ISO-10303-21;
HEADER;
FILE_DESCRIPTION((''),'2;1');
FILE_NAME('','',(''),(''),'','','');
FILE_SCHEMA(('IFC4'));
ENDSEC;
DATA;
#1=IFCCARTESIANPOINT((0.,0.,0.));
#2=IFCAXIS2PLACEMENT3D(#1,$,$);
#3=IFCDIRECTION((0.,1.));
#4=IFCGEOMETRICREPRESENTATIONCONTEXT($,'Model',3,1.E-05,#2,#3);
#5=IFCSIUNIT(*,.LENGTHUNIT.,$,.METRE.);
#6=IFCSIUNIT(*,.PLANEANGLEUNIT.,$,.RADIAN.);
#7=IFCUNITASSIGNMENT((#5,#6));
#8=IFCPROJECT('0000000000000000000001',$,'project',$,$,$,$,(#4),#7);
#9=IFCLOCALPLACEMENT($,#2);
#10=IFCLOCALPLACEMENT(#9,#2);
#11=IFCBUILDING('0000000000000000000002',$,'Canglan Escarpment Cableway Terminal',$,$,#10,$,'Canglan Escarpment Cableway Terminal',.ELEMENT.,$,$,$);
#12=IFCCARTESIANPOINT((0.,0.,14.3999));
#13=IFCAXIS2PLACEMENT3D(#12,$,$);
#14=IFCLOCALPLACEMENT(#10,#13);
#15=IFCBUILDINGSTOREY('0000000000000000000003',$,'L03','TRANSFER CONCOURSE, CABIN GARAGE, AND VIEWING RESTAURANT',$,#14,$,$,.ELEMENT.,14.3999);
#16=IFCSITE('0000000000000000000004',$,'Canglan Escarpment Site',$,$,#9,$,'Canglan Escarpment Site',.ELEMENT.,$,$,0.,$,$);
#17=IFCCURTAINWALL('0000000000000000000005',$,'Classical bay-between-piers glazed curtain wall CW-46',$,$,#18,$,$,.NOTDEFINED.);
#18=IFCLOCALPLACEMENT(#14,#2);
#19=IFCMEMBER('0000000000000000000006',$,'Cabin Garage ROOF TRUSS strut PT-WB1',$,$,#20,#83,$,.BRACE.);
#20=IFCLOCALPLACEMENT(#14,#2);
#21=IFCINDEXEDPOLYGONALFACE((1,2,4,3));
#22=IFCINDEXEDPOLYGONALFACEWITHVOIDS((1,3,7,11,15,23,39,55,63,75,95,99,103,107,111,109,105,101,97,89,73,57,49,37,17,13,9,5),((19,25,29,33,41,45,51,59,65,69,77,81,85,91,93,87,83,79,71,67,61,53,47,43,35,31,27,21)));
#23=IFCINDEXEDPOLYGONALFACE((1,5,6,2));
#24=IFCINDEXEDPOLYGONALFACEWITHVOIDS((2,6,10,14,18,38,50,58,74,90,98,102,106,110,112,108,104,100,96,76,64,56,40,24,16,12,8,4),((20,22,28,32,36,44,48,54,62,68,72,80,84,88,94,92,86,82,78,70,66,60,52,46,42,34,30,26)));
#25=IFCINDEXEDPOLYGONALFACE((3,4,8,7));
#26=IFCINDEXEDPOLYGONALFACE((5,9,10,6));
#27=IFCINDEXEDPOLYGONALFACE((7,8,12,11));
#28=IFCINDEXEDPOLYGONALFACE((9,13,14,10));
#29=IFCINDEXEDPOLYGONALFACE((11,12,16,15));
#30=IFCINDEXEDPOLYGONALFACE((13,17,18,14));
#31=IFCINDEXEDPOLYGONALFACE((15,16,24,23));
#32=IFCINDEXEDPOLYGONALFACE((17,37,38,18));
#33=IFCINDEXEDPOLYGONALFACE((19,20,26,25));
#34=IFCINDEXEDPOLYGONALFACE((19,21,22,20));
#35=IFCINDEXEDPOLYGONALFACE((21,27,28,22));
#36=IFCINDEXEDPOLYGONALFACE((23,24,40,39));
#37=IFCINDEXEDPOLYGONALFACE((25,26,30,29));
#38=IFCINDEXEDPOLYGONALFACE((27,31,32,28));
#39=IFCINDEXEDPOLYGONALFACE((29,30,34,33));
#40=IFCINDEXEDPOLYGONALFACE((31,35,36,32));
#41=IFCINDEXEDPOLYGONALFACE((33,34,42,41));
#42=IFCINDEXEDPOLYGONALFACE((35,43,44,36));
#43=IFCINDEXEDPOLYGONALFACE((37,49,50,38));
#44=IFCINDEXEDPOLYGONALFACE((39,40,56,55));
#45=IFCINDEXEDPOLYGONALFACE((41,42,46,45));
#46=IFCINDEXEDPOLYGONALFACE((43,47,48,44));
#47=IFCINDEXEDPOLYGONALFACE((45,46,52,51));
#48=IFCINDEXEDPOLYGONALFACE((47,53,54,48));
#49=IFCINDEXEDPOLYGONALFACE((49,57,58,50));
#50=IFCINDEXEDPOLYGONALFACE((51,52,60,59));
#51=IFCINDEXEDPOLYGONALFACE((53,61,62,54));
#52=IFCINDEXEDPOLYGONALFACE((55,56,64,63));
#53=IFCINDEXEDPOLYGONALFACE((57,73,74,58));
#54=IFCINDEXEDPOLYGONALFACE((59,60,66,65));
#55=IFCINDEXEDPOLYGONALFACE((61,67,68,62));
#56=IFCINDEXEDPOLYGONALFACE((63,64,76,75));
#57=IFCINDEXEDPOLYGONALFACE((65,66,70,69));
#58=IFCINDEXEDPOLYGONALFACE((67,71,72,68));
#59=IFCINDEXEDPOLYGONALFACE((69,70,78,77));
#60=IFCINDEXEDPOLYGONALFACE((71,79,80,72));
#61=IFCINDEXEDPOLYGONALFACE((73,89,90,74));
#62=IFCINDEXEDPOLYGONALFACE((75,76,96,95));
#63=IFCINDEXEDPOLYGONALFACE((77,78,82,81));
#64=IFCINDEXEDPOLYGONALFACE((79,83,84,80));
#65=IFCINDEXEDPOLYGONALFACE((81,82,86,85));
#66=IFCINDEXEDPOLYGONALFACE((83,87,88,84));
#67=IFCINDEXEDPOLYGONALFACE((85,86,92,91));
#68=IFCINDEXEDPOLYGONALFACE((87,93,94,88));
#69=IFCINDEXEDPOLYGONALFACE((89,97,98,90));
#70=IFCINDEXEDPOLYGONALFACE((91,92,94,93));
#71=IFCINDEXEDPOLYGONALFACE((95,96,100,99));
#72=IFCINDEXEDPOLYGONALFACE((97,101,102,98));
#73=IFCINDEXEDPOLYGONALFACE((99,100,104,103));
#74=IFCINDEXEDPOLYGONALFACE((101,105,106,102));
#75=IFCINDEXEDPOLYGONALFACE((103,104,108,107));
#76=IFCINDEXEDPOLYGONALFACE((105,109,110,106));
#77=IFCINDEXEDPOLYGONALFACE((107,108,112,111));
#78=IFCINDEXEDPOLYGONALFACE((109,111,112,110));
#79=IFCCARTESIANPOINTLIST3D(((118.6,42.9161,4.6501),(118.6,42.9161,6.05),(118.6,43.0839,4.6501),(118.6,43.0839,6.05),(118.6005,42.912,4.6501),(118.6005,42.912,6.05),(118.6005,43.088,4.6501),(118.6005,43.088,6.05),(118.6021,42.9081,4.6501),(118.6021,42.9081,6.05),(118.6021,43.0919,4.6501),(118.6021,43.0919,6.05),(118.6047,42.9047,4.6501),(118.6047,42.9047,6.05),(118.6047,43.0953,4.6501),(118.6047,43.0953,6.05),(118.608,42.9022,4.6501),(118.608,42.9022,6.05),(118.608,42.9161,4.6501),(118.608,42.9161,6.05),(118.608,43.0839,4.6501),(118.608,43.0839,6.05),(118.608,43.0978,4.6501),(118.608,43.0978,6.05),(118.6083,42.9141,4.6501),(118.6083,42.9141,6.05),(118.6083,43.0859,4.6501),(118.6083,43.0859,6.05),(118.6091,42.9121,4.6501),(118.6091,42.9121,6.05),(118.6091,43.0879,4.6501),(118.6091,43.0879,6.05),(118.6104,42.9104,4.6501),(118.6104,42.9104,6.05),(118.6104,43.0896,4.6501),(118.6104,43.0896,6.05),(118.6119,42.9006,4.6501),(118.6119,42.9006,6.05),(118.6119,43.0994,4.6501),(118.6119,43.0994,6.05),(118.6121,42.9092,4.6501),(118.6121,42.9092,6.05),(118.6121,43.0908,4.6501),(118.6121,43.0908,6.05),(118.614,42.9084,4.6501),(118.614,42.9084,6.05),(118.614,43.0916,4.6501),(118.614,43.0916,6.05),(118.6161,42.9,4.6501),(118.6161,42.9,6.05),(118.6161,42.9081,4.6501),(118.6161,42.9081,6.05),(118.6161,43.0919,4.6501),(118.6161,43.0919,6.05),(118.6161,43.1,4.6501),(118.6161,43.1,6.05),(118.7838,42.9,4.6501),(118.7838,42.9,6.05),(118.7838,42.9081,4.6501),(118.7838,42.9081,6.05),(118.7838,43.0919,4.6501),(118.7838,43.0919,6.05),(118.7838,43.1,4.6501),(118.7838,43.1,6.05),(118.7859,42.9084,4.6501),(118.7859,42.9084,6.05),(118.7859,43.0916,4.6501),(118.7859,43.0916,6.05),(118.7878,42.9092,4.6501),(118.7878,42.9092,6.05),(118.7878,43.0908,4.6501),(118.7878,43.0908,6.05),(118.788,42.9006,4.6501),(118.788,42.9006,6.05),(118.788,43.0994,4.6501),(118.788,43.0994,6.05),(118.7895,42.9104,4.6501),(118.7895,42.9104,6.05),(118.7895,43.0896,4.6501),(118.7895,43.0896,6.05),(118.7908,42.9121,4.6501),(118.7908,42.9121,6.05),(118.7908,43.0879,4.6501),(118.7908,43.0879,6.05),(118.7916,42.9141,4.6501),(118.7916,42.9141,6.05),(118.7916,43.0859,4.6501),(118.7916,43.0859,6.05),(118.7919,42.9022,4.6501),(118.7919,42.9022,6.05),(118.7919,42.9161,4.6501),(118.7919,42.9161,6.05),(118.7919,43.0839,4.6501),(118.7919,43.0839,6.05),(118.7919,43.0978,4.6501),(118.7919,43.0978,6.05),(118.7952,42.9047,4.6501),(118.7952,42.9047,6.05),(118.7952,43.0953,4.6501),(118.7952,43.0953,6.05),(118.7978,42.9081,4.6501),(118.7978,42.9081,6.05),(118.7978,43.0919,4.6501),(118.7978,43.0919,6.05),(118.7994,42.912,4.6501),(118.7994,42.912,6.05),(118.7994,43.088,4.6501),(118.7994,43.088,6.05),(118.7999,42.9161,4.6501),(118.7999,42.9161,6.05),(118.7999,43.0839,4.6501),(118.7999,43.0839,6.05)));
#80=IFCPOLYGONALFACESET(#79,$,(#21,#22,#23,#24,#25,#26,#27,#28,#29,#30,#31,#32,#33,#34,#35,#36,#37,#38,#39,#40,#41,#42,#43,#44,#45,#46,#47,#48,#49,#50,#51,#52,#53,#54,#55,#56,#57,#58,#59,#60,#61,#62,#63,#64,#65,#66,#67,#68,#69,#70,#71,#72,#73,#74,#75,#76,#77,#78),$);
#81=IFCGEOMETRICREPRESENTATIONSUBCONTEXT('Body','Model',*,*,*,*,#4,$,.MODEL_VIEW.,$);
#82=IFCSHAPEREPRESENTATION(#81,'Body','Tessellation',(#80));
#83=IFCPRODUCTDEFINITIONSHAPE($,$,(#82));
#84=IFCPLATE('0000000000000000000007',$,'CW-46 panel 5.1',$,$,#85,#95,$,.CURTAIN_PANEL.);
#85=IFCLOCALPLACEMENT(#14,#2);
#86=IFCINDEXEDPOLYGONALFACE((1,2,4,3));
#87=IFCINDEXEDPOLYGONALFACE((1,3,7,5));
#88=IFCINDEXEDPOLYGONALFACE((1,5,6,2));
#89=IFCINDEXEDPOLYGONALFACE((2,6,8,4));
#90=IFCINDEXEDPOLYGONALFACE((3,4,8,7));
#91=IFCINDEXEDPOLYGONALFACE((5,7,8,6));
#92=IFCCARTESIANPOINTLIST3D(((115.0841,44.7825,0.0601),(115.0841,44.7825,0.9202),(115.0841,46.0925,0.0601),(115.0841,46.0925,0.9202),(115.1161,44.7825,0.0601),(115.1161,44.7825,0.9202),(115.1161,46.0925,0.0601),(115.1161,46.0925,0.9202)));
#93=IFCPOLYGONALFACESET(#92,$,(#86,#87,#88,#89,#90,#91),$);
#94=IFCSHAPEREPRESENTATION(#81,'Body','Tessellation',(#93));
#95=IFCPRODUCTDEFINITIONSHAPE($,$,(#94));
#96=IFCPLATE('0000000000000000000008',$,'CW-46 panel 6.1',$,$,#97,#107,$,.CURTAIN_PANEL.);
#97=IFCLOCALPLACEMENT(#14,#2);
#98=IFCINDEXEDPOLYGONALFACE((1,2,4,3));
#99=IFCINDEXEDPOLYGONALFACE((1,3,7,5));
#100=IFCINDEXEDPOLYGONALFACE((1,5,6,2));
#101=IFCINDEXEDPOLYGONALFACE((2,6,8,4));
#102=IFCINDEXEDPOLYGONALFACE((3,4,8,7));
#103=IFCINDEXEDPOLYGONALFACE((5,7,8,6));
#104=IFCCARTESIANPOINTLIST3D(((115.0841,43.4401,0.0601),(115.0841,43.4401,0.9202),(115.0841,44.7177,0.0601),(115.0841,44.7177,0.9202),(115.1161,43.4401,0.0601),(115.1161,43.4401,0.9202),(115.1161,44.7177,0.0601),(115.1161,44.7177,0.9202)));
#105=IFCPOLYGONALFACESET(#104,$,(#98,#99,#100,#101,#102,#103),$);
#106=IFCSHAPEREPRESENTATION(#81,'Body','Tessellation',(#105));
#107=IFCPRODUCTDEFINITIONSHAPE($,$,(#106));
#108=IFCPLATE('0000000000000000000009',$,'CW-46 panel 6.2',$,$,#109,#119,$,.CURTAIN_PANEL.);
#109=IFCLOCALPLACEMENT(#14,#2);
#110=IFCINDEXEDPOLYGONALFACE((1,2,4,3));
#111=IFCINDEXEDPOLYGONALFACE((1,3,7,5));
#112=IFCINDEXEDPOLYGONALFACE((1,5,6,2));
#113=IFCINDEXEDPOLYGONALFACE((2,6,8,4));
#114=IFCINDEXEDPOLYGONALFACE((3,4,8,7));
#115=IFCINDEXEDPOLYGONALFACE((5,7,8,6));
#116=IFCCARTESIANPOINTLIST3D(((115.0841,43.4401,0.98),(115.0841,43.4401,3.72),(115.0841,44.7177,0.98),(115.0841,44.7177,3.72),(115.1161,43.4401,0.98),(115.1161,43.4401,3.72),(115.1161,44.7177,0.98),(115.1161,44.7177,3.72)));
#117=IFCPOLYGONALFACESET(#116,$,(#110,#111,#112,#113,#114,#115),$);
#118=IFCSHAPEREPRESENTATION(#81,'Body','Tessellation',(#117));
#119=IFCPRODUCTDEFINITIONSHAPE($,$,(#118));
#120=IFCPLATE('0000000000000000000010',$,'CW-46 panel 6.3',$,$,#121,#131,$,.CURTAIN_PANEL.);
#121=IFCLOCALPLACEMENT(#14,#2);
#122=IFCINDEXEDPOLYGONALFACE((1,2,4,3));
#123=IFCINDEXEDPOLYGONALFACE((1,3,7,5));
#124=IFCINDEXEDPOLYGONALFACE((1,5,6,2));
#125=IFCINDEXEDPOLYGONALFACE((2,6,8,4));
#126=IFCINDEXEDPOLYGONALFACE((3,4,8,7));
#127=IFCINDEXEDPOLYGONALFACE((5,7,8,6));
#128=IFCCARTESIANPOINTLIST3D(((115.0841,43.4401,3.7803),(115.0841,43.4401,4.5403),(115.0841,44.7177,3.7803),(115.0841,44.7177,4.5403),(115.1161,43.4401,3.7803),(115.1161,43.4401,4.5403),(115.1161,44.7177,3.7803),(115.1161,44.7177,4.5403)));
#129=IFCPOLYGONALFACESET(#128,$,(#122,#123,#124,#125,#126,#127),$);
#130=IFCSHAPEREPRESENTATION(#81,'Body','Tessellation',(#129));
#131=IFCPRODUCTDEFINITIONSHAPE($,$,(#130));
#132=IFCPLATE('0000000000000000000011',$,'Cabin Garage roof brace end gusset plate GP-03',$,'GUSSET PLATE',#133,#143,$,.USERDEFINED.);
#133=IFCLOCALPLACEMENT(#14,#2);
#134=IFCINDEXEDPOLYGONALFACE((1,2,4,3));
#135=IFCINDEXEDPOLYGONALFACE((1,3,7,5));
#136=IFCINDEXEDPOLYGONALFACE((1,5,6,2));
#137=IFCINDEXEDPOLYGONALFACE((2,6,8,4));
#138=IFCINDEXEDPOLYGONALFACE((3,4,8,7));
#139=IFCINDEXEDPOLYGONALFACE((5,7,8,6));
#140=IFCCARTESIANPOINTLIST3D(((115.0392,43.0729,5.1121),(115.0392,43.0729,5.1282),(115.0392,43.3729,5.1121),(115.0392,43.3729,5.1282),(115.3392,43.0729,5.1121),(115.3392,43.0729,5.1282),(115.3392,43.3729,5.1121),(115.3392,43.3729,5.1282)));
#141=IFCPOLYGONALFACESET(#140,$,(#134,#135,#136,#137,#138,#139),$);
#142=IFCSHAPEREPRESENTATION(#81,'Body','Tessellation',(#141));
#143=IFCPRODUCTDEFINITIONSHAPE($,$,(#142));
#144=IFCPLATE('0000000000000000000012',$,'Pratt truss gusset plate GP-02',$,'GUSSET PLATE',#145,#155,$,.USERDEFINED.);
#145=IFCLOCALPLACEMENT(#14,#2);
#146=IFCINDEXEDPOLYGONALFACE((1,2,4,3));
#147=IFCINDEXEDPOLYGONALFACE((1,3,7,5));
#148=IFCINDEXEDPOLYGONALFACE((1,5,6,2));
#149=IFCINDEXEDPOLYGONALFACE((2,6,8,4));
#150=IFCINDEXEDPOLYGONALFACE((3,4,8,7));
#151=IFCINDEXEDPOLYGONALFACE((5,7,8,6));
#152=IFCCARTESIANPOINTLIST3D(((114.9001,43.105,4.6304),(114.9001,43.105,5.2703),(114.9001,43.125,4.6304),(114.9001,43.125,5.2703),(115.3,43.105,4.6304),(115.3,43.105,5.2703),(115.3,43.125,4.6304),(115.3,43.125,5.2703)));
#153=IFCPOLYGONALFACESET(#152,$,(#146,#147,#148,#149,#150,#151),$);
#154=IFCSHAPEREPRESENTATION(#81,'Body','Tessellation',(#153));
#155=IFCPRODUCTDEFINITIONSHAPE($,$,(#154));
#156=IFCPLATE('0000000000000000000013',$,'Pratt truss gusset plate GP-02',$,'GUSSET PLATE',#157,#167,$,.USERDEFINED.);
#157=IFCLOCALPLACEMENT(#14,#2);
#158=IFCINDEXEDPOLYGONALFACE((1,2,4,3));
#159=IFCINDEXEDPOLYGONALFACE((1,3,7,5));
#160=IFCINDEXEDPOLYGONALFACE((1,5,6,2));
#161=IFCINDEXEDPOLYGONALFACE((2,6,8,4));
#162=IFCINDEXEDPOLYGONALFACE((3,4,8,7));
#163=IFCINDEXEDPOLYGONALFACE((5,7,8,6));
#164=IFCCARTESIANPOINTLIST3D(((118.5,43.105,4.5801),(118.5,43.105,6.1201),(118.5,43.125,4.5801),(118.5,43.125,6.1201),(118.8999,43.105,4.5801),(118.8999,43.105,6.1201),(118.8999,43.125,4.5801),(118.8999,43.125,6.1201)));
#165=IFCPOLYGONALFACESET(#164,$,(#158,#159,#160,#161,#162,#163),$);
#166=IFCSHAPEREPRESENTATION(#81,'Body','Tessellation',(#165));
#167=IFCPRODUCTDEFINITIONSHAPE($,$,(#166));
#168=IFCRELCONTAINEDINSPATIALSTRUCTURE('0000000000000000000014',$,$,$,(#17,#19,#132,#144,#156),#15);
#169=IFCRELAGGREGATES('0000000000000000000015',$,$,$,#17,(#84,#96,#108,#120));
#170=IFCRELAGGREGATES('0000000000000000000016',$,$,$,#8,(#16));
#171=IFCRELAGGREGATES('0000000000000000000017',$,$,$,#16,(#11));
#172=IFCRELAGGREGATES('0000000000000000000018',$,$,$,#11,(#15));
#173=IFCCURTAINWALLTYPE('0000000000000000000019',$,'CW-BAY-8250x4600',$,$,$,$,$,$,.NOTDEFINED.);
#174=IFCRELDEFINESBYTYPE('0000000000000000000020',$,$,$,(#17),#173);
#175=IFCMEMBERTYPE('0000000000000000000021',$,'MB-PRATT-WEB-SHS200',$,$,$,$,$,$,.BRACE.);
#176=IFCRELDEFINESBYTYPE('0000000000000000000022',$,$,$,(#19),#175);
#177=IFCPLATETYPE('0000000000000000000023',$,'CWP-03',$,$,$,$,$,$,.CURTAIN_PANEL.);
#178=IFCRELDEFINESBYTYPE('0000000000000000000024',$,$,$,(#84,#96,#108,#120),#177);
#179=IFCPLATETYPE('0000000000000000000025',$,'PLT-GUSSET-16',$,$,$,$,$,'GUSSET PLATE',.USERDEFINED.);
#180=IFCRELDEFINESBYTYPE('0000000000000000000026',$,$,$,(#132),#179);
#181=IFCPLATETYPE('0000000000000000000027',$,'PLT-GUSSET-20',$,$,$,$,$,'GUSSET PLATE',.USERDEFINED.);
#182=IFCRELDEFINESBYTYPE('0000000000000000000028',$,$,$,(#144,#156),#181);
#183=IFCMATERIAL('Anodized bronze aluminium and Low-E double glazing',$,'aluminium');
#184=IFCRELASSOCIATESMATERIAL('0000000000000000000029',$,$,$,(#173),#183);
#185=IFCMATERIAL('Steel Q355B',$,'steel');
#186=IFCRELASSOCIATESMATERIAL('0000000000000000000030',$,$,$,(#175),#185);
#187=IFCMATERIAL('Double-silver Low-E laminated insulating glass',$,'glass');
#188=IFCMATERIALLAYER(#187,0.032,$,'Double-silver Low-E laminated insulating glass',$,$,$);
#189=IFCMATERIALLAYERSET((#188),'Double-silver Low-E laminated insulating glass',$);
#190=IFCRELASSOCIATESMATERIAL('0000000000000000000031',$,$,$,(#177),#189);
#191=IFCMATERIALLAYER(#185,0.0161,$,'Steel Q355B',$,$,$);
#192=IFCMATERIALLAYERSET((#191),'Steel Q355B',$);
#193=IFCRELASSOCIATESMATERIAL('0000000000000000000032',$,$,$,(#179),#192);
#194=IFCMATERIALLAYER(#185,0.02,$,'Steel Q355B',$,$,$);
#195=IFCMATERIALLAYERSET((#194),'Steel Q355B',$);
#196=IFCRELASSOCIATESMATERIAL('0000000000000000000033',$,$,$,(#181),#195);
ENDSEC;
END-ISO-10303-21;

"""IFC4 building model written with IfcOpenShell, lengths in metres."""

from ifc_helpers import new_model, si_unit, direction, frame, origin, origin_2d, place, context, subcontext, project, spatial, rectangle, hollow_rectangle, extrude, material, layer, layer_set, material_profile, profile_set, type_object, element, aggregate, save


model = new_model("IFC4")

# Units and contexts
model_context = context("Model", 3, precision=1e-05, world=origin(), true_north=direction((0.0, 1.0)))
body_context = subcontext(model_context, "Body", "Model", "MODEL_VIEW")
ifc_project = project(units=[si_unit("LENGTHUNIT", "METRE"), si_unit("PLANEANGLEUNIT", "RADIAN")], contexts=[model_context])

# Site, building, storey
site_placement = place(None, origin())
site = spatial("IfcSite", under=ifc_project, at=site_placement, Name="Canglan Escarpment Site", LongName="Canglan Escarpment Site", CompositionType="ELEMENT", RefElevation=0.0)
building_placement = place(site_placement, origin())
building = spatial("IfcBuilding", under=site, at=building_placement, Name="Canglan Escarpment Cableway Terminal", LongName="Canglan Escarpment Cableway Terminal", CompositionType="ELEMENT")
storey_placement = place(building_placement, frame((0.0, 0.0, 14.3999)))
storey = spatial("IfcBuildingStorey", under=building, at=storey_placement, Name="L03", Description="TRANSFER CONCOURSE, CABIN GARAGE, AND VIEWING RESTAURANT", CompositionType="ELEMENT", Elevation=14.3999)

# Shared definitions
ifc_material_1 = material(Name="Steel Q355B", Category="steel")

# Curtain wall
ifc_material_2 = material(Name="Anodized bronze aluminium and Low-E double glazing", Category="aluminium")
curtain_wall_type = type_object("IfcCurtainWallType", Name="CW-BAY-8250x4600", PredefinedType="NOTDEFINED", material=ifc_material_2)
curtain_wall_placement = place(storey_placement, origin())
curtain_wall = element("IfcCurtainWall", 1, at=curtain_wall_placement, inside=storey, type_object=curtain_wall_type, Name="Classical bay-between-piers glazed curtain wall CW-46", PredefinedType="NOTDEFINED")

# Member
ifc_material_profile_1 = material_profile(ifc_material_1, hollow_rectangle(XDim=0.2, YDim=0.2, WallThickness=0.0081, InnerFilletRadius=0.0081, OuterFilletRadius=0.0161, at=origin_2d()), Name="SHS 200x200x8")
ifc_profile_set_1 = profile_set([ifc_material_profile_1], Name="Steel Q355B")
member_type_1 = type_object("IfcMemberType", Name="MB-PRATT-WEB-SHS200", PredefinedType="BRACE", material=ifc_profile_set_1)
member_1_placement = place(storey_placement, frame((118.7, 43.0, 4.6501), z_axis=(0.0, 0.0, 1.0), x_axis=(1.0, 0.0, 0.0)))
element("IfcMember", 2, at=member_1_placement, inside=storey, type_object=member_type_1, Name="Cabin Garage ROOF TRUSS strut PT-WB1", PredefinedType="BRACE", context=body_context, shape_type="SweptSolid", body=[
    extrude(hollow_rectangle(XDim=0.2, YDim=0.2, WallThickness=0.0081, InnerFilletRadius=0.0081, OuterFilletRadius=0.0161, at=origin_2d()), origin(), (0.0, 0.0, 1.0), 1.3999),
])

# Plates
ifc_material_3 = material(Name="Double-silver Low-E laminated insulating glass", Category="glass")
ifc_layer_1 = layer(ifc_material_3, 0.032, Name="Double-silver Low-E laminated insulating glass")
ifc_layer_set_1 = layer_set([ifc_layer_1], Name="Double-silver Low-E laminated insulating glass")
plate_type_1 = type_object("IfcPlateType", Name="CWP-03", PredefinedType="CURTAIN_PANEL", material=ifc_layer_set_1)
plate_1_placement = place(storey_placement, frame((115.1001, 45.4375, 0.0601), z_axis=(0.0, 0.0, 1.0), x_axis=(0.0, -1.0, 0.0)))
plate_1 = element("IfcPlate", 3, at=plate_1_placement, type_object=plate_type_1, Name="CW-46 panel 5.1", PredefinedType="CURTAIN_PANEL", context=body_context, shape_type="SweptSolid", body=[
    extrude(rectangle(XDim=1.3101, YDim=0.032, at=origin_2d()), origin(), (0.0, 0.0, 1.0), 0.8601),
])
plate_2_placement = place(storey_placement, frame((115.1001, 44.0789, 0.0601), z_axis=(0.0, 0.0, 1.0), x_axis=(0.0, -1.0, 0.0)))
plate_2 = element("IfcPlate", 4, at=plate_2_placement, type_object=plate_type_1, Name="CW-46 panel 6.1", PredefinedType="CURTAIN_PANEL", context=body_context, shape_type="SweptSolid", body=[
    extrude(rectangle(XDim=1.2776, YDim=0.032, at=origin_2d()), origin(), (0.0, 0.0, 1.0), 0.8601),
])
plate_3_placement = place(storey_placement, frame((115.1001, 44.0789, 0.98), z_axis=(0.0, 0.0, 1.0), x_axis=(0.0, -1.0, 0.0)))
plate_3 = element("IfcPlate", 5, at=plate_3_placement, type_object=plate_type_1, Name="CW-46 panel 6.2", PredefinedType="CURTAIN_PANEL", context=body_context, shape_type="SweptSolid", body=[
    extrude(rectangle(XDim=1.2776, YDim=0.032, at=origin_2d()), origin(), (0.0, 0.0, 1.0), 2.74),
])
plate_4_placement = place(storey_placement, frame((115.1001, 44.0789, 3.7803), z_axis=(0.0, 0.0, 1.0), x_axis=(0.0, -1.0, 0.0)))
plate_4 = element("IfcPlate", 6, at=plate_4_placement, type_object=plate_type_1, Name="CW-46 panel 6.3", PredefinedType="CURTAIN_PANEL", context=body_context, shape_type="SweptSolid", body=[
    extrude(rectangle(XDim=1.2776, YDim=0.032, at=origin_2d()), origin(), (0.0, 0.0, 1.0), 0.76),
])
aggregate(curtain_wall, [plate_1, plate_2, plate_3, plate_4])

# Plates
ifc_layer_2 = layer(ifc_material_1, 0.0161, Name="Steel Q355B")
ifc_layer_set_2 = layer_set([ifc_layer_2], Name="Steel Q355B")
plate_type_2 = type_object("IfcPlateType", Name="PLT-GUSSET-16", ElementType="GUSSET PLATE", PredefinedType="USERDEFINED", material=ifc_layer_set_2)
plate_5_placement = place(storey_placement, frame((115.1892, 43.2229, 5.1121), z_axis=(0.0, 0.0, 1.0), x_axis=(1.0, 0.0, 0.0)))
element("IfcPlate", 7, at=plate_5_placement, inside=storey, type_object=plate_type_2, Name="Cabin Garage roof brace end gusset plate GP-03", ObjectType="GUSSET PLATE", PredefinedType="USERDEFINED", context=body_context, shape_type="SweptSolid", body=[
    extrude(rectangle(XDim=0.3, YDim=0.3, at=origin_2d()), origin(), (0.0, 0.0, 1.0), 0.0161),
])
ifc_layer_3 = layer(ifc_material_1, 0.02, Name="Steel Q355B")
ifc_layer_set_3 = layer_set([ifc_layer_3], Name="Steel Q355B")
plate_type_3 = type_object("IfcPlateType", Name="PLT-GUSSET-20", ElementType="GUSSET PLATE", PredefinedType="USERDEFINED", material=ifc_layer_set_3)
plate_6_placement = place(storey_placement, frame((115.1001, 43.115, 4.6304), z_axis=(0.0, 0.0, 1.0), x_axis=(1.0, 0.0, 0.0)))
element("IfcPlate", 8, at=plate_6_placement, inside=storey, type_object=plate_type_3, Name="Pratt truss gusset plate GP-02", ObjectType="GUSSET PLATE", PredefinedType="USERDEFINED", context=body_context, shape_type="SweptSolid", body=[
    extrude(rectangle(XDim=0.3999, YDim=0.02, at=origin_2d()), origin(), (0.0, 0.0, 1.0), 0.6399),
])
plate_7_placement = place(storey_placement, frame((118.7, 43.115, 4.5801), z_axis=(0.0, 0.0, 1.0), x_axis=(1.0, 0.0, 0.0)))
element("IfcPlate", 9, at=plate_7_placement, inside=storey, type_object=plate_type_3, Name="Pratt truss gusset plate GP-02", ObjectType="GUSSET PLATE", PredefinedType="USERDEFINED", context=body_context, shape_type="SweptSolid", body=[
    extrude(rectangle(XDim=0.3999, YDim=0.02, at=origin_2d()), origin(), (0.0, 0.0, 1.0), 1.54),
])

save(model, "model.ifc")
